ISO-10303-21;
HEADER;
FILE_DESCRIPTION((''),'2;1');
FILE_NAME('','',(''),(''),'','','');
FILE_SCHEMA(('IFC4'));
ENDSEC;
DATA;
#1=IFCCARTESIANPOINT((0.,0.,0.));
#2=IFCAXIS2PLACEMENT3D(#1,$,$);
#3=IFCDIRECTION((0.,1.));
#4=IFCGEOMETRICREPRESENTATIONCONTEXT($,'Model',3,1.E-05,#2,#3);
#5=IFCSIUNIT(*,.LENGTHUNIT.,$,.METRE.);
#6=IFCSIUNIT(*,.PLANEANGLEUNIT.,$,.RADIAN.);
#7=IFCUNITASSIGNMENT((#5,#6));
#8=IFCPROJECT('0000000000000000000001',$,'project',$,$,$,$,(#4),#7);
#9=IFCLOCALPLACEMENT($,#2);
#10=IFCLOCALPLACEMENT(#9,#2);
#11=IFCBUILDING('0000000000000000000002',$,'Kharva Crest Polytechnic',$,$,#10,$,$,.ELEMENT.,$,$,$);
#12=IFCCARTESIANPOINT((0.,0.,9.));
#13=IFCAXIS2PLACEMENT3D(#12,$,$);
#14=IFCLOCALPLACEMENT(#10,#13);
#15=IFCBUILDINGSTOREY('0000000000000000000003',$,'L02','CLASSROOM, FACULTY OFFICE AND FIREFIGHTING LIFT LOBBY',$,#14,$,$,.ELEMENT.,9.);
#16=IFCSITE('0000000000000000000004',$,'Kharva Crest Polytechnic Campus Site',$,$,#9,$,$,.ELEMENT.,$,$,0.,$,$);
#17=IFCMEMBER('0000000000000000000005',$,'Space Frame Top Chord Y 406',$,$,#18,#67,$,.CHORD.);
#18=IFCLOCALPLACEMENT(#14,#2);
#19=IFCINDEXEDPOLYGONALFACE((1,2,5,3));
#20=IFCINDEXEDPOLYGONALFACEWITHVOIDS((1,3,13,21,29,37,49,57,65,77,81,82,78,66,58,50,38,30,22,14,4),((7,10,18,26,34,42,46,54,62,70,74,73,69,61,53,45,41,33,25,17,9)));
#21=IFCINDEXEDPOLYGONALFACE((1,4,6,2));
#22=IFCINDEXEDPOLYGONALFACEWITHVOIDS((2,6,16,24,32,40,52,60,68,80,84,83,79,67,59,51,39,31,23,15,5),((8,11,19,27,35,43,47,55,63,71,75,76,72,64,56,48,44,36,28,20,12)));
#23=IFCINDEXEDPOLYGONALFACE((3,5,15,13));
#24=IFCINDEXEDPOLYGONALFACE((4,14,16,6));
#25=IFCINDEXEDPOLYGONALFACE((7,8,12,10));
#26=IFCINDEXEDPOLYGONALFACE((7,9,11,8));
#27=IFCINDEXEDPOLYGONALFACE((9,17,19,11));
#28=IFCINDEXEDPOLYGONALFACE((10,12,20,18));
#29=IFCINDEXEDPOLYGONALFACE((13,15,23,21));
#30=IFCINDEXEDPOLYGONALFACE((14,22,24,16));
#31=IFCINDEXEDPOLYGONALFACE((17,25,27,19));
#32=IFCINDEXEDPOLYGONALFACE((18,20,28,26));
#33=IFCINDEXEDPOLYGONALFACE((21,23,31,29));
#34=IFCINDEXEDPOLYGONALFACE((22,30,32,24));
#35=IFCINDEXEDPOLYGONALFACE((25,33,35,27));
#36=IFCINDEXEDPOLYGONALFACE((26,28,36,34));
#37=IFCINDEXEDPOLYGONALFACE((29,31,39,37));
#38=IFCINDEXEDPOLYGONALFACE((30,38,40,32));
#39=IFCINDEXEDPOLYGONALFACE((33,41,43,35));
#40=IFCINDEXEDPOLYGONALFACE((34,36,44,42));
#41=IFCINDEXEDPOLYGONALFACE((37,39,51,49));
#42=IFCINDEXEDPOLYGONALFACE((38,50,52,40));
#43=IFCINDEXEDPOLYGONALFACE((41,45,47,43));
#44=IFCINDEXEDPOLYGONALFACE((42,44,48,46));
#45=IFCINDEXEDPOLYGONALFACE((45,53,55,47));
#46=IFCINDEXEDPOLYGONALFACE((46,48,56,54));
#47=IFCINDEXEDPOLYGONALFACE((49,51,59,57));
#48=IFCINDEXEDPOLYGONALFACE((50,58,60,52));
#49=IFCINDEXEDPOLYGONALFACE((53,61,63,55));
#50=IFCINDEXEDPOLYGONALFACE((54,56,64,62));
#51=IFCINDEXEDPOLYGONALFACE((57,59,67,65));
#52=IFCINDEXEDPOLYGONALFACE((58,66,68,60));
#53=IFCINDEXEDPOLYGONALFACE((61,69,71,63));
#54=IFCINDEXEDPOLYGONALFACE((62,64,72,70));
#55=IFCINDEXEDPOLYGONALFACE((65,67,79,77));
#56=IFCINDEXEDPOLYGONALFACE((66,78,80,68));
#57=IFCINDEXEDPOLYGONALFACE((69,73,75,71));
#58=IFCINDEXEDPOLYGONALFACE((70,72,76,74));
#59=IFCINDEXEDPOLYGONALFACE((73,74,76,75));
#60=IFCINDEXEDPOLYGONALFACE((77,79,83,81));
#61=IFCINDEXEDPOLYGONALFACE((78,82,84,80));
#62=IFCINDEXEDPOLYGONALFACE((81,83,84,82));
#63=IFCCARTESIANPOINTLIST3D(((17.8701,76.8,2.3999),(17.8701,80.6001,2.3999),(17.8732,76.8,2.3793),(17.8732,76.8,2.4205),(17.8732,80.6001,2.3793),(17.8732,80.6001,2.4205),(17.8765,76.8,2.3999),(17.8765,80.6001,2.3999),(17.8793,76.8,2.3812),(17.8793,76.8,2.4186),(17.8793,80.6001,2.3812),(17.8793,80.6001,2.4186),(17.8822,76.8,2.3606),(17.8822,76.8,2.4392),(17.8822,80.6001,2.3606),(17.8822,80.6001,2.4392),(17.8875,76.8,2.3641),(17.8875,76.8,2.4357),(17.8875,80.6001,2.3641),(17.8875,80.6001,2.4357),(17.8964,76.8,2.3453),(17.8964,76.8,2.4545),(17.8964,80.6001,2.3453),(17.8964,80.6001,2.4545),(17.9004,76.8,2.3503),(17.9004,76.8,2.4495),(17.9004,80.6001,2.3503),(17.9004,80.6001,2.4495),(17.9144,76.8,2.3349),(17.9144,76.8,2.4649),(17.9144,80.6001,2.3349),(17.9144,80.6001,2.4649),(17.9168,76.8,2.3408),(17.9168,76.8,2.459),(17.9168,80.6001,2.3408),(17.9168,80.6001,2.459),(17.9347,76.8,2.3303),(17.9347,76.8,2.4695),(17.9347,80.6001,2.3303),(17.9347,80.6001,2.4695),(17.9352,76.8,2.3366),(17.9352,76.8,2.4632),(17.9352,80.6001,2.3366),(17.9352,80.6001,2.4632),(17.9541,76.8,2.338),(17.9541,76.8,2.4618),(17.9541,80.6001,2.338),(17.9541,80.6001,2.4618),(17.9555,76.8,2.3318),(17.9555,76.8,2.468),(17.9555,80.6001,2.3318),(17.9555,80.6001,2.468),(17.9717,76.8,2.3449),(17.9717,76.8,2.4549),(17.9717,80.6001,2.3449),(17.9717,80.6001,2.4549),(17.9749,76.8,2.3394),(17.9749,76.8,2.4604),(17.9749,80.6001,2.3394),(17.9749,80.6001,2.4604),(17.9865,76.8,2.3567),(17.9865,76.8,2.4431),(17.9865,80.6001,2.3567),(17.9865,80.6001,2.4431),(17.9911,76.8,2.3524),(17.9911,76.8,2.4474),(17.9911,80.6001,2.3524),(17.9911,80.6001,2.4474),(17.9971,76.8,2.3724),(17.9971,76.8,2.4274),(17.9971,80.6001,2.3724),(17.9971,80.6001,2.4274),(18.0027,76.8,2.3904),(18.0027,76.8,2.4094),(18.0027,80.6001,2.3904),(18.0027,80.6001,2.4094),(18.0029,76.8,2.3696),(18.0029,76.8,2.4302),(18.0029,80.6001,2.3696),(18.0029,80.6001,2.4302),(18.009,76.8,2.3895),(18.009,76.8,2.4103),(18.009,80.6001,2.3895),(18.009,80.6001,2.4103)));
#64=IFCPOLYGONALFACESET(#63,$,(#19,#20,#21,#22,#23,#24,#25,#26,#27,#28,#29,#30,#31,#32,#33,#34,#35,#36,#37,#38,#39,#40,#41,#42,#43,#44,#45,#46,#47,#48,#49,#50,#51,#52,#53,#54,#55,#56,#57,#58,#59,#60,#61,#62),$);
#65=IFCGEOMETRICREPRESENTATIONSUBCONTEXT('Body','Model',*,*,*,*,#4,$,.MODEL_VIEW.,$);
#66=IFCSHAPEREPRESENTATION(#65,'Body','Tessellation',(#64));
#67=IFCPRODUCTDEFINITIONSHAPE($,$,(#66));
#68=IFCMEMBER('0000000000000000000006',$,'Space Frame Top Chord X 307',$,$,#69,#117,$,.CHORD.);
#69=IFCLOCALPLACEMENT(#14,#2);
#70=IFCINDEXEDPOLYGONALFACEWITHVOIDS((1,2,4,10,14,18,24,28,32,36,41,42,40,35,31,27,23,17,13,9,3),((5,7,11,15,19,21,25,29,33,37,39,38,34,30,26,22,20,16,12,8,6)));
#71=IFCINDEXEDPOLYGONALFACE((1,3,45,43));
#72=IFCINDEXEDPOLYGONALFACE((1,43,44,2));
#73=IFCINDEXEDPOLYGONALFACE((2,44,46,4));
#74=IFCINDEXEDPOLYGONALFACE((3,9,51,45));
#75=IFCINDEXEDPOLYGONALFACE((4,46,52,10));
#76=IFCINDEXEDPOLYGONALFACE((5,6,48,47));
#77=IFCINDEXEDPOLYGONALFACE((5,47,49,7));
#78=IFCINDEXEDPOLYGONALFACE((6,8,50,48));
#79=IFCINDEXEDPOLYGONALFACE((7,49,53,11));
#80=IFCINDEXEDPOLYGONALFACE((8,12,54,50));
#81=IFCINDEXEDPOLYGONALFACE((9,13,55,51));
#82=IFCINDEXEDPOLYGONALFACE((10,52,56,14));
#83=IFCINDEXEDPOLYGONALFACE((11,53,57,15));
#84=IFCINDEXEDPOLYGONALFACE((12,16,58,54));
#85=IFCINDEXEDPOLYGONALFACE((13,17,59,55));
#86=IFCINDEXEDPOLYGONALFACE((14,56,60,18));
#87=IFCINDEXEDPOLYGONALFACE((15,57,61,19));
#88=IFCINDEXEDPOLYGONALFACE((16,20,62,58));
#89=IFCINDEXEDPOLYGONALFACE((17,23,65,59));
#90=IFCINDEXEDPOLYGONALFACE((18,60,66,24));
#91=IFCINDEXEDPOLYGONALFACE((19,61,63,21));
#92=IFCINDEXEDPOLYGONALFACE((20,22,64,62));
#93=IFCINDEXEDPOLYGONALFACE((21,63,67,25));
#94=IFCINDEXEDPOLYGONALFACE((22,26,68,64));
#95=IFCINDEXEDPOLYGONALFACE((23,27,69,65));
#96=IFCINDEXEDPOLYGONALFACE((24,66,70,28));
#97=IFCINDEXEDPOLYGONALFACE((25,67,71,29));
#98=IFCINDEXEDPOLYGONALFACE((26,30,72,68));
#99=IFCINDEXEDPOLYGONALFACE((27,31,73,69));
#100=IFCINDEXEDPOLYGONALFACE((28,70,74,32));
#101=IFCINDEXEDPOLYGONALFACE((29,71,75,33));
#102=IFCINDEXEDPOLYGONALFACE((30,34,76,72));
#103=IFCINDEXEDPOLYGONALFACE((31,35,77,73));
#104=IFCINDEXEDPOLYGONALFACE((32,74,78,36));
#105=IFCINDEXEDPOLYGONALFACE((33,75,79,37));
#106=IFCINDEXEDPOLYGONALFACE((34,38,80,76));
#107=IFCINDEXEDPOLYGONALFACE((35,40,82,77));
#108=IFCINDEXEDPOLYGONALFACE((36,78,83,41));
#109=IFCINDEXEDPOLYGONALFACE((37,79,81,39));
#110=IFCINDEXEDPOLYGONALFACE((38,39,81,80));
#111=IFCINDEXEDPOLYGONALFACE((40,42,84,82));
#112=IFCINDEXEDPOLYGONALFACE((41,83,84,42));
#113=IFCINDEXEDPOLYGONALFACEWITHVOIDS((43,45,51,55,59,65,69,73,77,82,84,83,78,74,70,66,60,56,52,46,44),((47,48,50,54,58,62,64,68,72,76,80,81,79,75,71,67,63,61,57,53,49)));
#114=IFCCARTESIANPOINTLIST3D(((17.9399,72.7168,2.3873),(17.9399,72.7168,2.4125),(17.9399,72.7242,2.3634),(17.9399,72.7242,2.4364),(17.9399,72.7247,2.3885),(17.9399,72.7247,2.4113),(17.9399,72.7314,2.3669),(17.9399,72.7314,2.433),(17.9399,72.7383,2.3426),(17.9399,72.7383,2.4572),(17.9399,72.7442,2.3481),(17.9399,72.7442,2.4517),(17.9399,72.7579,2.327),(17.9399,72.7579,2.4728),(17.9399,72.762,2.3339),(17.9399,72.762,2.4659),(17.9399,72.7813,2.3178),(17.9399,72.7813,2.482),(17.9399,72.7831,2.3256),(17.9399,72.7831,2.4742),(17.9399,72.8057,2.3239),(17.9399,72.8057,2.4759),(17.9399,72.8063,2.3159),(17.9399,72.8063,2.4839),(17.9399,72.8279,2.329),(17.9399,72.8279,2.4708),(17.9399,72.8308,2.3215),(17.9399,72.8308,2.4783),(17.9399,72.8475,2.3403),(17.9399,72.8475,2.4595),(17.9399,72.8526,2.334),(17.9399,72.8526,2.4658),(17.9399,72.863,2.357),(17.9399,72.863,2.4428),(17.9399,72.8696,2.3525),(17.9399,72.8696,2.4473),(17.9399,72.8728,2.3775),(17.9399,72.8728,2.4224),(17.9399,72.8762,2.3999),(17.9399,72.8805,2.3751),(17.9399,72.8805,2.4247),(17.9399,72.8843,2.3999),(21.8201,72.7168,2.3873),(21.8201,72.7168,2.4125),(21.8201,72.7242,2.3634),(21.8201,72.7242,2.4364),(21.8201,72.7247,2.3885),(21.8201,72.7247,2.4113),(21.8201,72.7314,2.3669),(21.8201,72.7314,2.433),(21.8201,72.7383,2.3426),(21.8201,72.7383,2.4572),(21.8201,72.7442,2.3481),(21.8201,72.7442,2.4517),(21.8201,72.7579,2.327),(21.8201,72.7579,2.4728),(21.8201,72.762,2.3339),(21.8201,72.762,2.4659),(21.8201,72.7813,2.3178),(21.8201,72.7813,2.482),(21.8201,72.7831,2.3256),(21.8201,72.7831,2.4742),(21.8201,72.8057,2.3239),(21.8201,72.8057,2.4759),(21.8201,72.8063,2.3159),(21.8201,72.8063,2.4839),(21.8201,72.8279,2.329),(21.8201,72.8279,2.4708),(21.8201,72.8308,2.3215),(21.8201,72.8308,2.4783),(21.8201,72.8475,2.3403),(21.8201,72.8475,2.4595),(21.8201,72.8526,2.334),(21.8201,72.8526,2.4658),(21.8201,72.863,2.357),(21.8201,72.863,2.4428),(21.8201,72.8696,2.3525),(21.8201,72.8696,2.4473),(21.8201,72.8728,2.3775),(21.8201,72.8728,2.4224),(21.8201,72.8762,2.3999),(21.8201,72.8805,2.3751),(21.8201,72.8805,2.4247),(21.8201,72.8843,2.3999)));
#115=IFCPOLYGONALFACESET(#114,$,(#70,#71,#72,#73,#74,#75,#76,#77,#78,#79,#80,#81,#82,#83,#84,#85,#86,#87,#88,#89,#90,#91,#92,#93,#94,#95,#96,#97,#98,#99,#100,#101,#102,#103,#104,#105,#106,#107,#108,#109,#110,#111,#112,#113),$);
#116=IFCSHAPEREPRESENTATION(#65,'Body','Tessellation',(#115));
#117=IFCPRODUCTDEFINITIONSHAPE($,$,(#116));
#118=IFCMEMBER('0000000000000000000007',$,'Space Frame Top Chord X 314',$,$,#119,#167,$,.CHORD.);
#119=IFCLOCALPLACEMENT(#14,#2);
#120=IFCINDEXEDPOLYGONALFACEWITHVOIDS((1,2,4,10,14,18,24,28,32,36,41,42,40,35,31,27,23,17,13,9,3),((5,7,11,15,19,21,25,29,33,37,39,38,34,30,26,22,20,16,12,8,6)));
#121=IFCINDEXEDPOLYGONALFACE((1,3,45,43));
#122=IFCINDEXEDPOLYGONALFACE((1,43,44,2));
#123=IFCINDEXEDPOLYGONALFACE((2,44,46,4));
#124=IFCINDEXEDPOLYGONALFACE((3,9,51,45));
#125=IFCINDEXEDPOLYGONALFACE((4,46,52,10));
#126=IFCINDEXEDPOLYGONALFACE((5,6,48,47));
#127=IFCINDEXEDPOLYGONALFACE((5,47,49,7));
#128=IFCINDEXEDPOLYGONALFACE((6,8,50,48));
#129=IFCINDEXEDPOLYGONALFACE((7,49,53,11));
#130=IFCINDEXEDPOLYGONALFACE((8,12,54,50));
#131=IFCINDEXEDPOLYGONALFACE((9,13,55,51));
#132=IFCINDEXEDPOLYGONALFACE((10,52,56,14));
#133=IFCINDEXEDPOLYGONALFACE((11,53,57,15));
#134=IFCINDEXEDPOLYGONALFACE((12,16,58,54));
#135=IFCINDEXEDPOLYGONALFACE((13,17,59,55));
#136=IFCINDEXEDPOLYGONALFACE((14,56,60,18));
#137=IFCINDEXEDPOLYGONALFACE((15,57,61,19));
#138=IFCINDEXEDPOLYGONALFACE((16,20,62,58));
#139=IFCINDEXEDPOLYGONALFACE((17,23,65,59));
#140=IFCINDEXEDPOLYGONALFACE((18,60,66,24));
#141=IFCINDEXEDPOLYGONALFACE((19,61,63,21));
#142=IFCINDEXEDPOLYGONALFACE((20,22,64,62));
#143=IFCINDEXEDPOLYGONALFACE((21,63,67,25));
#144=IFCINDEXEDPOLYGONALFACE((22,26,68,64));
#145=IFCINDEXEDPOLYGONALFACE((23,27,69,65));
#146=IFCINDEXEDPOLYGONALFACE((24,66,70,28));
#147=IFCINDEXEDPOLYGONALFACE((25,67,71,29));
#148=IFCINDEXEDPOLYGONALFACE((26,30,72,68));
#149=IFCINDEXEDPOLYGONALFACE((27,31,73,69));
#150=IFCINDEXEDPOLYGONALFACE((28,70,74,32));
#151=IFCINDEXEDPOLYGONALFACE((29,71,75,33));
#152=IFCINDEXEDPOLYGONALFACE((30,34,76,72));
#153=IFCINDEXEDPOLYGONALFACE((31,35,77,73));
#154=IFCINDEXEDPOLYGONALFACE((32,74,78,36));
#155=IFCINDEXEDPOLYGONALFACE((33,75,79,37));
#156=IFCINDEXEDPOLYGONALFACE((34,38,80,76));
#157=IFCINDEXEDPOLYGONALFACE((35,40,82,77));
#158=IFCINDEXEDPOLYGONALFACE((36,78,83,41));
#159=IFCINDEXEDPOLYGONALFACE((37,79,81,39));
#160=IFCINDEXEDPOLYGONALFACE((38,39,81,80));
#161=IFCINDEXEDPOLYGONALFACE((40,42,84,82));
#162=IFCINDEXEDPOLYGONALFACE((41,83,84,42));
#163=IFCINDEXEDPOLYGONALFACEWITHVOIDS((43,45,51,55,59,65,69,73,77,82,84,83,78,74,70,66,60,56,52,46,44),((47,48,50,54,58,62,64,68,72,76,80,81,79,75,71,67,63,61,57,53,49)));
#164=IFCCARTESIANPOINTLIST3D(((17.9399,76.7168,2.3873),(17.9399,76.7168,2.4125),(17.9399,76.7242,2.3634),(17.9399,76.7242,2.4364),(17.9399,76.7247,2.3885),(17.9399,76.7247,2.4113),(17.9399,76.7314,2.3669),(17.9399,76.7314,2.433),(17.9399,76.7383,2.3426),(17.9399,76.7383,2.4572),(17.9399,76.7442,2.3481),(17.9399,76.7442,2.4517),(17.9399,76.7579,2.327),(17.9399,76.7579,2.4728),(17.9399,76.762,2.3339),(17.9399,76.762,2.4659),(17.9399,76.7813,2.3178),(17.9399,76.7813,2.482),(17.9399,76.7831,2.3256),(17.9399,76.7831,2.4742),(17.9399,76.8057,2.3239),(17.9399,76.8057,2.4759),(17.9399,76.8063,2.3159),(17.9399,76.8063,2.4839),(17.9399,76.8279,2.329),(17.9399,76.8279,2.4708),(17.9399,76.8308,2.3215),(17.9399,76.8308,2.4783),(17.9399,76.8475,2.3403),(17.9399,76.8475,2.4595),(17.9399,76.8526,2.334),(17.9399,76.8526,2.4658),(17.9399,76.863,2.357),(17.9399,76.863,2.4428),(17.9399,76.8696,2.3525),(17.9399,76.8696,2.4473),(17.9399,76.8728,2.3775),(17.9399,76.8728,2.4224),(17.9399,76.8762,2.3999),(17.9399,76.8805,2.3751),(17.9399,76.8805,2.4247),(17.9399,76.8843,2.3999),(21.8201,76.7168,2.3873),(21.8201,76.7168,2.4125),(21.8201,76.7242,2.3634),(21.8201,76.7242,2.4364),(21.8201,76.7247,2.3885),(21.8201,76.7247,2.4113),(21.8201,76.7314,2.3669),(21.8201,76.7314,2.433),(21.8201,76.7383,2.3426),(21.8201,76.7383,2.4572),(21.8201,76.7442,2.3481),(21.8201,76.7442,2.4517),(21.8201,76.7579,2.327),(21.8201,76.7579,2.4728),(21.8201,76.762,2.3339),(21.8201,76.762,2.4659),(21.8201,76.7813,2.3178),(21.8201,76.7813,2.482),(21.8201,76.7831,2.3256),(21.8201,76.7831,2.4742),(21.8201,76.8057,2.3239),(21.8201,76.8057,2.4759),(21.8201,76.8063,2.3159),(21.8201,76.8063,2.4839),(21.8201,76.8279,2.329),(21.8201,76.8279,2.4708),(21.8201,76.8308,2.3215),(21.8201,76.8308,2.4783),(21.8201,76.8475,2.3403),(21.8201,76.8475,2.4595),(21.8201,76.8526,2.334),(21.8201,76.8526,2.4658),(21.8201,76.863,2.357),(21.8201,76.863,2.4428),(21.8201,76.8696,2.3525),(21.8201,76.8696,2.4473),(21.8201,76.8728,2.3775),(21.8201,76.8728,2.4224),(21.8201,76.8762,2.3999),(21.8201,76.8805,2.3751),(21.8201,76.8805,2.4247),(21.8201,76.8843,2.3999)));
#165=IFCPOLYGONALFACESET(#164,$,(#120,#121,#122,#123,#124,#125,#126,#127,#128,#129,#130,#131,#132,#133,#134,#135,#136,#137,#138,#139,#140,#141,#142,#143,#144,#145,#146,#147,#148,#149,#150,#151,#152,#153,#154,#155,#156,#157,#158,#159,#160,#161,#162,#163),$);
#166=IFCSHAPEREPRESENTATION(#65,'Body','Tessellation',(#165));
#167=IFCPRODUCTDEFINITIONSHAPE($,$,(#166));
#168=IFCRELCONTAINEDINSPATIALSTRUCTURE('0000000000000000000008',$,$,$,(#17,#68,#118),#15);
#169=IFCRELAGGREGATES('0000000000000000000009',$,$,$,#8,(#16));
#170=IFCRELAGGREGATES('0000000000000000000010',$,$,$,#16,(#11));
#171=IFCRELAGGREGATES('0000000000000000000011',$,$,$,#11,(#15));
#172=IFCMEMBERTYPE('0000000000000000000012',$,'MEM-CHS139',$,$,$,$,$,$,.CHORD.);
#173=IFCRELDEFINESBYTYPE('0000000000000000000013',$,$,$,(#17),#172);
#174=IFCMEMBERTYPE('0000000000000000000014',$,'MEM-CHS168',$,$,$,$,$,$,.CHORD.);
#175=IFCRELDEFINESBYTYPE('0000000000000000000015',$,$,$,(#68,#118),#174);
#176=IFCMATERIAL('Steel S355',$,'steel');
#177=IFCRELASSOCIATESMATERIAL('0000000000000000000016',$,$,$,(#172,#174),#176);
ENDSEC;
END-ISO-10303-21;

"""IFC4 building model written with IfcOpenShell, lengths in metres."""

from ifc_helpers import new_model, si_unit, direction, frame, origin, origin_2d, place, context, subcontext, project, spatial, hollow_circle, extrude, material, material_profile, profile_set, type_object, element, save


model = new_model("IFC4")

# Units and contexts
model_context = context("Model", 3, precision=1e-05, world=origin(), true_north=direction((0.0, 1.0)))
body_context = subcontext(model_context, "Body", "Model", "MODEL_VIEW")
ifc_project = project(units=[si_unit("LENGTHUNIT", "METRE"), si_unit("PLANEANGLEUNIT", "RADIAN")], contexts=[model_context])

# Site, building, storey
site_placement = place(None, origin())
site = spatial("IfcSite", under=ifc_project, at=site_placement, Name="Kharva Crest Polytechnic Campus Site", CompositionType="ELEMENT", RefElevation=0.0)
building_placement = place(site_placement, origin())
building = spatial("IfcBuilding", under=site, at=building_placement, Name="Kharva Crest Polytechnic", CompositionType="ELEMENT")
storey_placement = place(building_placement, frame((0.0, 0.0, 9.0)))
storey = spatial("IfcBuildingStorey", under=building, at=storey_placement, Name="L02", Description="CLASSROOM, FACULTY OFFICE AND FIREFIGHTING LIFT LOBBY", CompositionType="ELEMENT", Elevation=9.0)

# Shared definitions
ifc_material_1 = material(Name="Steel S355", Category="steel")

# Members
ifc_material_profile_1 = material_profile(ifc_material_1, hollow_circle(Radius=0.0698, WallThickness=0.0063, at=origin_2d()), Name="CHS 139.7X6.3")
ifc_profile_set_1 = profile_set([ifc_material_profile_1], Name="Steel S355")
member_type_1 = type_object("IfcMemberType", Name="MEM-CHS139", PredefinedType="CHORD", material=ifc_profile_set_1)
member_1_placement = place(storey_placement, frame((17.9399, 76.8, 2.3999), z_axis=(0.0, 1.0, 0.0), x_axis=(-1.0, 0.0, 0.0)))
element("IfcMember", 1, at=member_1_placement, inside=storey, type_object=member_type_1, Name="Space Frame Top Chord Y 406", PredefinedType="CHORD", context=body_context, shape_type="SweptSolid", body=[
    extrude(hollow_circle(Radius=0.0698, WallThickness=0.0063, at=origin_2d()), origin(), (0.0, 0.0, 1.0), 3.8),
])
ifc_material_profile_2 = material_profile(ifc_material_1, hollow_circle(Radius=0.0842, WallThickness=0.0081, at=origin_2d()), Name="CHS 168.3X8.0")
ifc_profile_set_2 = profile_set([ifc_material_profile_2], Name="Steel S355")
member_type_2 = type_object("IfcMemberType", Name="MEM-CHS168", PredefinedType="CHORD", material=ifc_profile_set_2)
for number, where, z_axis, x_axis, name in (
    (2, (17.9399, 72.8, 2.3999), (1.0, 0.0, 0.0), (0.0, 1.0, 0.0), "Space Frame Top Chord X 307"),
    (3, (17.9399, 76.8, 2.3999), (1.0, 0.0, 0.0), (0.0, 1.0, 0.0), "Space Frame Top Chord X 314"),
):
    element("IfcMember", number, at=place(storey_placement, frame(where, z_axis=z_axis, x_axis=x_axis)), inside=storey, type_object=member_type_2, Name=name, PredefinedType="CHORD", context=body_context, shape_type="SweptSolid", body=[
        extrude(hollow_circle(Radius=0.0842, WallThickness=0.0081, at=origin_2d()), origin(), (0.0, 0.0, 1.0), 3.8801),
    ])

save(model, "model.ifc")
